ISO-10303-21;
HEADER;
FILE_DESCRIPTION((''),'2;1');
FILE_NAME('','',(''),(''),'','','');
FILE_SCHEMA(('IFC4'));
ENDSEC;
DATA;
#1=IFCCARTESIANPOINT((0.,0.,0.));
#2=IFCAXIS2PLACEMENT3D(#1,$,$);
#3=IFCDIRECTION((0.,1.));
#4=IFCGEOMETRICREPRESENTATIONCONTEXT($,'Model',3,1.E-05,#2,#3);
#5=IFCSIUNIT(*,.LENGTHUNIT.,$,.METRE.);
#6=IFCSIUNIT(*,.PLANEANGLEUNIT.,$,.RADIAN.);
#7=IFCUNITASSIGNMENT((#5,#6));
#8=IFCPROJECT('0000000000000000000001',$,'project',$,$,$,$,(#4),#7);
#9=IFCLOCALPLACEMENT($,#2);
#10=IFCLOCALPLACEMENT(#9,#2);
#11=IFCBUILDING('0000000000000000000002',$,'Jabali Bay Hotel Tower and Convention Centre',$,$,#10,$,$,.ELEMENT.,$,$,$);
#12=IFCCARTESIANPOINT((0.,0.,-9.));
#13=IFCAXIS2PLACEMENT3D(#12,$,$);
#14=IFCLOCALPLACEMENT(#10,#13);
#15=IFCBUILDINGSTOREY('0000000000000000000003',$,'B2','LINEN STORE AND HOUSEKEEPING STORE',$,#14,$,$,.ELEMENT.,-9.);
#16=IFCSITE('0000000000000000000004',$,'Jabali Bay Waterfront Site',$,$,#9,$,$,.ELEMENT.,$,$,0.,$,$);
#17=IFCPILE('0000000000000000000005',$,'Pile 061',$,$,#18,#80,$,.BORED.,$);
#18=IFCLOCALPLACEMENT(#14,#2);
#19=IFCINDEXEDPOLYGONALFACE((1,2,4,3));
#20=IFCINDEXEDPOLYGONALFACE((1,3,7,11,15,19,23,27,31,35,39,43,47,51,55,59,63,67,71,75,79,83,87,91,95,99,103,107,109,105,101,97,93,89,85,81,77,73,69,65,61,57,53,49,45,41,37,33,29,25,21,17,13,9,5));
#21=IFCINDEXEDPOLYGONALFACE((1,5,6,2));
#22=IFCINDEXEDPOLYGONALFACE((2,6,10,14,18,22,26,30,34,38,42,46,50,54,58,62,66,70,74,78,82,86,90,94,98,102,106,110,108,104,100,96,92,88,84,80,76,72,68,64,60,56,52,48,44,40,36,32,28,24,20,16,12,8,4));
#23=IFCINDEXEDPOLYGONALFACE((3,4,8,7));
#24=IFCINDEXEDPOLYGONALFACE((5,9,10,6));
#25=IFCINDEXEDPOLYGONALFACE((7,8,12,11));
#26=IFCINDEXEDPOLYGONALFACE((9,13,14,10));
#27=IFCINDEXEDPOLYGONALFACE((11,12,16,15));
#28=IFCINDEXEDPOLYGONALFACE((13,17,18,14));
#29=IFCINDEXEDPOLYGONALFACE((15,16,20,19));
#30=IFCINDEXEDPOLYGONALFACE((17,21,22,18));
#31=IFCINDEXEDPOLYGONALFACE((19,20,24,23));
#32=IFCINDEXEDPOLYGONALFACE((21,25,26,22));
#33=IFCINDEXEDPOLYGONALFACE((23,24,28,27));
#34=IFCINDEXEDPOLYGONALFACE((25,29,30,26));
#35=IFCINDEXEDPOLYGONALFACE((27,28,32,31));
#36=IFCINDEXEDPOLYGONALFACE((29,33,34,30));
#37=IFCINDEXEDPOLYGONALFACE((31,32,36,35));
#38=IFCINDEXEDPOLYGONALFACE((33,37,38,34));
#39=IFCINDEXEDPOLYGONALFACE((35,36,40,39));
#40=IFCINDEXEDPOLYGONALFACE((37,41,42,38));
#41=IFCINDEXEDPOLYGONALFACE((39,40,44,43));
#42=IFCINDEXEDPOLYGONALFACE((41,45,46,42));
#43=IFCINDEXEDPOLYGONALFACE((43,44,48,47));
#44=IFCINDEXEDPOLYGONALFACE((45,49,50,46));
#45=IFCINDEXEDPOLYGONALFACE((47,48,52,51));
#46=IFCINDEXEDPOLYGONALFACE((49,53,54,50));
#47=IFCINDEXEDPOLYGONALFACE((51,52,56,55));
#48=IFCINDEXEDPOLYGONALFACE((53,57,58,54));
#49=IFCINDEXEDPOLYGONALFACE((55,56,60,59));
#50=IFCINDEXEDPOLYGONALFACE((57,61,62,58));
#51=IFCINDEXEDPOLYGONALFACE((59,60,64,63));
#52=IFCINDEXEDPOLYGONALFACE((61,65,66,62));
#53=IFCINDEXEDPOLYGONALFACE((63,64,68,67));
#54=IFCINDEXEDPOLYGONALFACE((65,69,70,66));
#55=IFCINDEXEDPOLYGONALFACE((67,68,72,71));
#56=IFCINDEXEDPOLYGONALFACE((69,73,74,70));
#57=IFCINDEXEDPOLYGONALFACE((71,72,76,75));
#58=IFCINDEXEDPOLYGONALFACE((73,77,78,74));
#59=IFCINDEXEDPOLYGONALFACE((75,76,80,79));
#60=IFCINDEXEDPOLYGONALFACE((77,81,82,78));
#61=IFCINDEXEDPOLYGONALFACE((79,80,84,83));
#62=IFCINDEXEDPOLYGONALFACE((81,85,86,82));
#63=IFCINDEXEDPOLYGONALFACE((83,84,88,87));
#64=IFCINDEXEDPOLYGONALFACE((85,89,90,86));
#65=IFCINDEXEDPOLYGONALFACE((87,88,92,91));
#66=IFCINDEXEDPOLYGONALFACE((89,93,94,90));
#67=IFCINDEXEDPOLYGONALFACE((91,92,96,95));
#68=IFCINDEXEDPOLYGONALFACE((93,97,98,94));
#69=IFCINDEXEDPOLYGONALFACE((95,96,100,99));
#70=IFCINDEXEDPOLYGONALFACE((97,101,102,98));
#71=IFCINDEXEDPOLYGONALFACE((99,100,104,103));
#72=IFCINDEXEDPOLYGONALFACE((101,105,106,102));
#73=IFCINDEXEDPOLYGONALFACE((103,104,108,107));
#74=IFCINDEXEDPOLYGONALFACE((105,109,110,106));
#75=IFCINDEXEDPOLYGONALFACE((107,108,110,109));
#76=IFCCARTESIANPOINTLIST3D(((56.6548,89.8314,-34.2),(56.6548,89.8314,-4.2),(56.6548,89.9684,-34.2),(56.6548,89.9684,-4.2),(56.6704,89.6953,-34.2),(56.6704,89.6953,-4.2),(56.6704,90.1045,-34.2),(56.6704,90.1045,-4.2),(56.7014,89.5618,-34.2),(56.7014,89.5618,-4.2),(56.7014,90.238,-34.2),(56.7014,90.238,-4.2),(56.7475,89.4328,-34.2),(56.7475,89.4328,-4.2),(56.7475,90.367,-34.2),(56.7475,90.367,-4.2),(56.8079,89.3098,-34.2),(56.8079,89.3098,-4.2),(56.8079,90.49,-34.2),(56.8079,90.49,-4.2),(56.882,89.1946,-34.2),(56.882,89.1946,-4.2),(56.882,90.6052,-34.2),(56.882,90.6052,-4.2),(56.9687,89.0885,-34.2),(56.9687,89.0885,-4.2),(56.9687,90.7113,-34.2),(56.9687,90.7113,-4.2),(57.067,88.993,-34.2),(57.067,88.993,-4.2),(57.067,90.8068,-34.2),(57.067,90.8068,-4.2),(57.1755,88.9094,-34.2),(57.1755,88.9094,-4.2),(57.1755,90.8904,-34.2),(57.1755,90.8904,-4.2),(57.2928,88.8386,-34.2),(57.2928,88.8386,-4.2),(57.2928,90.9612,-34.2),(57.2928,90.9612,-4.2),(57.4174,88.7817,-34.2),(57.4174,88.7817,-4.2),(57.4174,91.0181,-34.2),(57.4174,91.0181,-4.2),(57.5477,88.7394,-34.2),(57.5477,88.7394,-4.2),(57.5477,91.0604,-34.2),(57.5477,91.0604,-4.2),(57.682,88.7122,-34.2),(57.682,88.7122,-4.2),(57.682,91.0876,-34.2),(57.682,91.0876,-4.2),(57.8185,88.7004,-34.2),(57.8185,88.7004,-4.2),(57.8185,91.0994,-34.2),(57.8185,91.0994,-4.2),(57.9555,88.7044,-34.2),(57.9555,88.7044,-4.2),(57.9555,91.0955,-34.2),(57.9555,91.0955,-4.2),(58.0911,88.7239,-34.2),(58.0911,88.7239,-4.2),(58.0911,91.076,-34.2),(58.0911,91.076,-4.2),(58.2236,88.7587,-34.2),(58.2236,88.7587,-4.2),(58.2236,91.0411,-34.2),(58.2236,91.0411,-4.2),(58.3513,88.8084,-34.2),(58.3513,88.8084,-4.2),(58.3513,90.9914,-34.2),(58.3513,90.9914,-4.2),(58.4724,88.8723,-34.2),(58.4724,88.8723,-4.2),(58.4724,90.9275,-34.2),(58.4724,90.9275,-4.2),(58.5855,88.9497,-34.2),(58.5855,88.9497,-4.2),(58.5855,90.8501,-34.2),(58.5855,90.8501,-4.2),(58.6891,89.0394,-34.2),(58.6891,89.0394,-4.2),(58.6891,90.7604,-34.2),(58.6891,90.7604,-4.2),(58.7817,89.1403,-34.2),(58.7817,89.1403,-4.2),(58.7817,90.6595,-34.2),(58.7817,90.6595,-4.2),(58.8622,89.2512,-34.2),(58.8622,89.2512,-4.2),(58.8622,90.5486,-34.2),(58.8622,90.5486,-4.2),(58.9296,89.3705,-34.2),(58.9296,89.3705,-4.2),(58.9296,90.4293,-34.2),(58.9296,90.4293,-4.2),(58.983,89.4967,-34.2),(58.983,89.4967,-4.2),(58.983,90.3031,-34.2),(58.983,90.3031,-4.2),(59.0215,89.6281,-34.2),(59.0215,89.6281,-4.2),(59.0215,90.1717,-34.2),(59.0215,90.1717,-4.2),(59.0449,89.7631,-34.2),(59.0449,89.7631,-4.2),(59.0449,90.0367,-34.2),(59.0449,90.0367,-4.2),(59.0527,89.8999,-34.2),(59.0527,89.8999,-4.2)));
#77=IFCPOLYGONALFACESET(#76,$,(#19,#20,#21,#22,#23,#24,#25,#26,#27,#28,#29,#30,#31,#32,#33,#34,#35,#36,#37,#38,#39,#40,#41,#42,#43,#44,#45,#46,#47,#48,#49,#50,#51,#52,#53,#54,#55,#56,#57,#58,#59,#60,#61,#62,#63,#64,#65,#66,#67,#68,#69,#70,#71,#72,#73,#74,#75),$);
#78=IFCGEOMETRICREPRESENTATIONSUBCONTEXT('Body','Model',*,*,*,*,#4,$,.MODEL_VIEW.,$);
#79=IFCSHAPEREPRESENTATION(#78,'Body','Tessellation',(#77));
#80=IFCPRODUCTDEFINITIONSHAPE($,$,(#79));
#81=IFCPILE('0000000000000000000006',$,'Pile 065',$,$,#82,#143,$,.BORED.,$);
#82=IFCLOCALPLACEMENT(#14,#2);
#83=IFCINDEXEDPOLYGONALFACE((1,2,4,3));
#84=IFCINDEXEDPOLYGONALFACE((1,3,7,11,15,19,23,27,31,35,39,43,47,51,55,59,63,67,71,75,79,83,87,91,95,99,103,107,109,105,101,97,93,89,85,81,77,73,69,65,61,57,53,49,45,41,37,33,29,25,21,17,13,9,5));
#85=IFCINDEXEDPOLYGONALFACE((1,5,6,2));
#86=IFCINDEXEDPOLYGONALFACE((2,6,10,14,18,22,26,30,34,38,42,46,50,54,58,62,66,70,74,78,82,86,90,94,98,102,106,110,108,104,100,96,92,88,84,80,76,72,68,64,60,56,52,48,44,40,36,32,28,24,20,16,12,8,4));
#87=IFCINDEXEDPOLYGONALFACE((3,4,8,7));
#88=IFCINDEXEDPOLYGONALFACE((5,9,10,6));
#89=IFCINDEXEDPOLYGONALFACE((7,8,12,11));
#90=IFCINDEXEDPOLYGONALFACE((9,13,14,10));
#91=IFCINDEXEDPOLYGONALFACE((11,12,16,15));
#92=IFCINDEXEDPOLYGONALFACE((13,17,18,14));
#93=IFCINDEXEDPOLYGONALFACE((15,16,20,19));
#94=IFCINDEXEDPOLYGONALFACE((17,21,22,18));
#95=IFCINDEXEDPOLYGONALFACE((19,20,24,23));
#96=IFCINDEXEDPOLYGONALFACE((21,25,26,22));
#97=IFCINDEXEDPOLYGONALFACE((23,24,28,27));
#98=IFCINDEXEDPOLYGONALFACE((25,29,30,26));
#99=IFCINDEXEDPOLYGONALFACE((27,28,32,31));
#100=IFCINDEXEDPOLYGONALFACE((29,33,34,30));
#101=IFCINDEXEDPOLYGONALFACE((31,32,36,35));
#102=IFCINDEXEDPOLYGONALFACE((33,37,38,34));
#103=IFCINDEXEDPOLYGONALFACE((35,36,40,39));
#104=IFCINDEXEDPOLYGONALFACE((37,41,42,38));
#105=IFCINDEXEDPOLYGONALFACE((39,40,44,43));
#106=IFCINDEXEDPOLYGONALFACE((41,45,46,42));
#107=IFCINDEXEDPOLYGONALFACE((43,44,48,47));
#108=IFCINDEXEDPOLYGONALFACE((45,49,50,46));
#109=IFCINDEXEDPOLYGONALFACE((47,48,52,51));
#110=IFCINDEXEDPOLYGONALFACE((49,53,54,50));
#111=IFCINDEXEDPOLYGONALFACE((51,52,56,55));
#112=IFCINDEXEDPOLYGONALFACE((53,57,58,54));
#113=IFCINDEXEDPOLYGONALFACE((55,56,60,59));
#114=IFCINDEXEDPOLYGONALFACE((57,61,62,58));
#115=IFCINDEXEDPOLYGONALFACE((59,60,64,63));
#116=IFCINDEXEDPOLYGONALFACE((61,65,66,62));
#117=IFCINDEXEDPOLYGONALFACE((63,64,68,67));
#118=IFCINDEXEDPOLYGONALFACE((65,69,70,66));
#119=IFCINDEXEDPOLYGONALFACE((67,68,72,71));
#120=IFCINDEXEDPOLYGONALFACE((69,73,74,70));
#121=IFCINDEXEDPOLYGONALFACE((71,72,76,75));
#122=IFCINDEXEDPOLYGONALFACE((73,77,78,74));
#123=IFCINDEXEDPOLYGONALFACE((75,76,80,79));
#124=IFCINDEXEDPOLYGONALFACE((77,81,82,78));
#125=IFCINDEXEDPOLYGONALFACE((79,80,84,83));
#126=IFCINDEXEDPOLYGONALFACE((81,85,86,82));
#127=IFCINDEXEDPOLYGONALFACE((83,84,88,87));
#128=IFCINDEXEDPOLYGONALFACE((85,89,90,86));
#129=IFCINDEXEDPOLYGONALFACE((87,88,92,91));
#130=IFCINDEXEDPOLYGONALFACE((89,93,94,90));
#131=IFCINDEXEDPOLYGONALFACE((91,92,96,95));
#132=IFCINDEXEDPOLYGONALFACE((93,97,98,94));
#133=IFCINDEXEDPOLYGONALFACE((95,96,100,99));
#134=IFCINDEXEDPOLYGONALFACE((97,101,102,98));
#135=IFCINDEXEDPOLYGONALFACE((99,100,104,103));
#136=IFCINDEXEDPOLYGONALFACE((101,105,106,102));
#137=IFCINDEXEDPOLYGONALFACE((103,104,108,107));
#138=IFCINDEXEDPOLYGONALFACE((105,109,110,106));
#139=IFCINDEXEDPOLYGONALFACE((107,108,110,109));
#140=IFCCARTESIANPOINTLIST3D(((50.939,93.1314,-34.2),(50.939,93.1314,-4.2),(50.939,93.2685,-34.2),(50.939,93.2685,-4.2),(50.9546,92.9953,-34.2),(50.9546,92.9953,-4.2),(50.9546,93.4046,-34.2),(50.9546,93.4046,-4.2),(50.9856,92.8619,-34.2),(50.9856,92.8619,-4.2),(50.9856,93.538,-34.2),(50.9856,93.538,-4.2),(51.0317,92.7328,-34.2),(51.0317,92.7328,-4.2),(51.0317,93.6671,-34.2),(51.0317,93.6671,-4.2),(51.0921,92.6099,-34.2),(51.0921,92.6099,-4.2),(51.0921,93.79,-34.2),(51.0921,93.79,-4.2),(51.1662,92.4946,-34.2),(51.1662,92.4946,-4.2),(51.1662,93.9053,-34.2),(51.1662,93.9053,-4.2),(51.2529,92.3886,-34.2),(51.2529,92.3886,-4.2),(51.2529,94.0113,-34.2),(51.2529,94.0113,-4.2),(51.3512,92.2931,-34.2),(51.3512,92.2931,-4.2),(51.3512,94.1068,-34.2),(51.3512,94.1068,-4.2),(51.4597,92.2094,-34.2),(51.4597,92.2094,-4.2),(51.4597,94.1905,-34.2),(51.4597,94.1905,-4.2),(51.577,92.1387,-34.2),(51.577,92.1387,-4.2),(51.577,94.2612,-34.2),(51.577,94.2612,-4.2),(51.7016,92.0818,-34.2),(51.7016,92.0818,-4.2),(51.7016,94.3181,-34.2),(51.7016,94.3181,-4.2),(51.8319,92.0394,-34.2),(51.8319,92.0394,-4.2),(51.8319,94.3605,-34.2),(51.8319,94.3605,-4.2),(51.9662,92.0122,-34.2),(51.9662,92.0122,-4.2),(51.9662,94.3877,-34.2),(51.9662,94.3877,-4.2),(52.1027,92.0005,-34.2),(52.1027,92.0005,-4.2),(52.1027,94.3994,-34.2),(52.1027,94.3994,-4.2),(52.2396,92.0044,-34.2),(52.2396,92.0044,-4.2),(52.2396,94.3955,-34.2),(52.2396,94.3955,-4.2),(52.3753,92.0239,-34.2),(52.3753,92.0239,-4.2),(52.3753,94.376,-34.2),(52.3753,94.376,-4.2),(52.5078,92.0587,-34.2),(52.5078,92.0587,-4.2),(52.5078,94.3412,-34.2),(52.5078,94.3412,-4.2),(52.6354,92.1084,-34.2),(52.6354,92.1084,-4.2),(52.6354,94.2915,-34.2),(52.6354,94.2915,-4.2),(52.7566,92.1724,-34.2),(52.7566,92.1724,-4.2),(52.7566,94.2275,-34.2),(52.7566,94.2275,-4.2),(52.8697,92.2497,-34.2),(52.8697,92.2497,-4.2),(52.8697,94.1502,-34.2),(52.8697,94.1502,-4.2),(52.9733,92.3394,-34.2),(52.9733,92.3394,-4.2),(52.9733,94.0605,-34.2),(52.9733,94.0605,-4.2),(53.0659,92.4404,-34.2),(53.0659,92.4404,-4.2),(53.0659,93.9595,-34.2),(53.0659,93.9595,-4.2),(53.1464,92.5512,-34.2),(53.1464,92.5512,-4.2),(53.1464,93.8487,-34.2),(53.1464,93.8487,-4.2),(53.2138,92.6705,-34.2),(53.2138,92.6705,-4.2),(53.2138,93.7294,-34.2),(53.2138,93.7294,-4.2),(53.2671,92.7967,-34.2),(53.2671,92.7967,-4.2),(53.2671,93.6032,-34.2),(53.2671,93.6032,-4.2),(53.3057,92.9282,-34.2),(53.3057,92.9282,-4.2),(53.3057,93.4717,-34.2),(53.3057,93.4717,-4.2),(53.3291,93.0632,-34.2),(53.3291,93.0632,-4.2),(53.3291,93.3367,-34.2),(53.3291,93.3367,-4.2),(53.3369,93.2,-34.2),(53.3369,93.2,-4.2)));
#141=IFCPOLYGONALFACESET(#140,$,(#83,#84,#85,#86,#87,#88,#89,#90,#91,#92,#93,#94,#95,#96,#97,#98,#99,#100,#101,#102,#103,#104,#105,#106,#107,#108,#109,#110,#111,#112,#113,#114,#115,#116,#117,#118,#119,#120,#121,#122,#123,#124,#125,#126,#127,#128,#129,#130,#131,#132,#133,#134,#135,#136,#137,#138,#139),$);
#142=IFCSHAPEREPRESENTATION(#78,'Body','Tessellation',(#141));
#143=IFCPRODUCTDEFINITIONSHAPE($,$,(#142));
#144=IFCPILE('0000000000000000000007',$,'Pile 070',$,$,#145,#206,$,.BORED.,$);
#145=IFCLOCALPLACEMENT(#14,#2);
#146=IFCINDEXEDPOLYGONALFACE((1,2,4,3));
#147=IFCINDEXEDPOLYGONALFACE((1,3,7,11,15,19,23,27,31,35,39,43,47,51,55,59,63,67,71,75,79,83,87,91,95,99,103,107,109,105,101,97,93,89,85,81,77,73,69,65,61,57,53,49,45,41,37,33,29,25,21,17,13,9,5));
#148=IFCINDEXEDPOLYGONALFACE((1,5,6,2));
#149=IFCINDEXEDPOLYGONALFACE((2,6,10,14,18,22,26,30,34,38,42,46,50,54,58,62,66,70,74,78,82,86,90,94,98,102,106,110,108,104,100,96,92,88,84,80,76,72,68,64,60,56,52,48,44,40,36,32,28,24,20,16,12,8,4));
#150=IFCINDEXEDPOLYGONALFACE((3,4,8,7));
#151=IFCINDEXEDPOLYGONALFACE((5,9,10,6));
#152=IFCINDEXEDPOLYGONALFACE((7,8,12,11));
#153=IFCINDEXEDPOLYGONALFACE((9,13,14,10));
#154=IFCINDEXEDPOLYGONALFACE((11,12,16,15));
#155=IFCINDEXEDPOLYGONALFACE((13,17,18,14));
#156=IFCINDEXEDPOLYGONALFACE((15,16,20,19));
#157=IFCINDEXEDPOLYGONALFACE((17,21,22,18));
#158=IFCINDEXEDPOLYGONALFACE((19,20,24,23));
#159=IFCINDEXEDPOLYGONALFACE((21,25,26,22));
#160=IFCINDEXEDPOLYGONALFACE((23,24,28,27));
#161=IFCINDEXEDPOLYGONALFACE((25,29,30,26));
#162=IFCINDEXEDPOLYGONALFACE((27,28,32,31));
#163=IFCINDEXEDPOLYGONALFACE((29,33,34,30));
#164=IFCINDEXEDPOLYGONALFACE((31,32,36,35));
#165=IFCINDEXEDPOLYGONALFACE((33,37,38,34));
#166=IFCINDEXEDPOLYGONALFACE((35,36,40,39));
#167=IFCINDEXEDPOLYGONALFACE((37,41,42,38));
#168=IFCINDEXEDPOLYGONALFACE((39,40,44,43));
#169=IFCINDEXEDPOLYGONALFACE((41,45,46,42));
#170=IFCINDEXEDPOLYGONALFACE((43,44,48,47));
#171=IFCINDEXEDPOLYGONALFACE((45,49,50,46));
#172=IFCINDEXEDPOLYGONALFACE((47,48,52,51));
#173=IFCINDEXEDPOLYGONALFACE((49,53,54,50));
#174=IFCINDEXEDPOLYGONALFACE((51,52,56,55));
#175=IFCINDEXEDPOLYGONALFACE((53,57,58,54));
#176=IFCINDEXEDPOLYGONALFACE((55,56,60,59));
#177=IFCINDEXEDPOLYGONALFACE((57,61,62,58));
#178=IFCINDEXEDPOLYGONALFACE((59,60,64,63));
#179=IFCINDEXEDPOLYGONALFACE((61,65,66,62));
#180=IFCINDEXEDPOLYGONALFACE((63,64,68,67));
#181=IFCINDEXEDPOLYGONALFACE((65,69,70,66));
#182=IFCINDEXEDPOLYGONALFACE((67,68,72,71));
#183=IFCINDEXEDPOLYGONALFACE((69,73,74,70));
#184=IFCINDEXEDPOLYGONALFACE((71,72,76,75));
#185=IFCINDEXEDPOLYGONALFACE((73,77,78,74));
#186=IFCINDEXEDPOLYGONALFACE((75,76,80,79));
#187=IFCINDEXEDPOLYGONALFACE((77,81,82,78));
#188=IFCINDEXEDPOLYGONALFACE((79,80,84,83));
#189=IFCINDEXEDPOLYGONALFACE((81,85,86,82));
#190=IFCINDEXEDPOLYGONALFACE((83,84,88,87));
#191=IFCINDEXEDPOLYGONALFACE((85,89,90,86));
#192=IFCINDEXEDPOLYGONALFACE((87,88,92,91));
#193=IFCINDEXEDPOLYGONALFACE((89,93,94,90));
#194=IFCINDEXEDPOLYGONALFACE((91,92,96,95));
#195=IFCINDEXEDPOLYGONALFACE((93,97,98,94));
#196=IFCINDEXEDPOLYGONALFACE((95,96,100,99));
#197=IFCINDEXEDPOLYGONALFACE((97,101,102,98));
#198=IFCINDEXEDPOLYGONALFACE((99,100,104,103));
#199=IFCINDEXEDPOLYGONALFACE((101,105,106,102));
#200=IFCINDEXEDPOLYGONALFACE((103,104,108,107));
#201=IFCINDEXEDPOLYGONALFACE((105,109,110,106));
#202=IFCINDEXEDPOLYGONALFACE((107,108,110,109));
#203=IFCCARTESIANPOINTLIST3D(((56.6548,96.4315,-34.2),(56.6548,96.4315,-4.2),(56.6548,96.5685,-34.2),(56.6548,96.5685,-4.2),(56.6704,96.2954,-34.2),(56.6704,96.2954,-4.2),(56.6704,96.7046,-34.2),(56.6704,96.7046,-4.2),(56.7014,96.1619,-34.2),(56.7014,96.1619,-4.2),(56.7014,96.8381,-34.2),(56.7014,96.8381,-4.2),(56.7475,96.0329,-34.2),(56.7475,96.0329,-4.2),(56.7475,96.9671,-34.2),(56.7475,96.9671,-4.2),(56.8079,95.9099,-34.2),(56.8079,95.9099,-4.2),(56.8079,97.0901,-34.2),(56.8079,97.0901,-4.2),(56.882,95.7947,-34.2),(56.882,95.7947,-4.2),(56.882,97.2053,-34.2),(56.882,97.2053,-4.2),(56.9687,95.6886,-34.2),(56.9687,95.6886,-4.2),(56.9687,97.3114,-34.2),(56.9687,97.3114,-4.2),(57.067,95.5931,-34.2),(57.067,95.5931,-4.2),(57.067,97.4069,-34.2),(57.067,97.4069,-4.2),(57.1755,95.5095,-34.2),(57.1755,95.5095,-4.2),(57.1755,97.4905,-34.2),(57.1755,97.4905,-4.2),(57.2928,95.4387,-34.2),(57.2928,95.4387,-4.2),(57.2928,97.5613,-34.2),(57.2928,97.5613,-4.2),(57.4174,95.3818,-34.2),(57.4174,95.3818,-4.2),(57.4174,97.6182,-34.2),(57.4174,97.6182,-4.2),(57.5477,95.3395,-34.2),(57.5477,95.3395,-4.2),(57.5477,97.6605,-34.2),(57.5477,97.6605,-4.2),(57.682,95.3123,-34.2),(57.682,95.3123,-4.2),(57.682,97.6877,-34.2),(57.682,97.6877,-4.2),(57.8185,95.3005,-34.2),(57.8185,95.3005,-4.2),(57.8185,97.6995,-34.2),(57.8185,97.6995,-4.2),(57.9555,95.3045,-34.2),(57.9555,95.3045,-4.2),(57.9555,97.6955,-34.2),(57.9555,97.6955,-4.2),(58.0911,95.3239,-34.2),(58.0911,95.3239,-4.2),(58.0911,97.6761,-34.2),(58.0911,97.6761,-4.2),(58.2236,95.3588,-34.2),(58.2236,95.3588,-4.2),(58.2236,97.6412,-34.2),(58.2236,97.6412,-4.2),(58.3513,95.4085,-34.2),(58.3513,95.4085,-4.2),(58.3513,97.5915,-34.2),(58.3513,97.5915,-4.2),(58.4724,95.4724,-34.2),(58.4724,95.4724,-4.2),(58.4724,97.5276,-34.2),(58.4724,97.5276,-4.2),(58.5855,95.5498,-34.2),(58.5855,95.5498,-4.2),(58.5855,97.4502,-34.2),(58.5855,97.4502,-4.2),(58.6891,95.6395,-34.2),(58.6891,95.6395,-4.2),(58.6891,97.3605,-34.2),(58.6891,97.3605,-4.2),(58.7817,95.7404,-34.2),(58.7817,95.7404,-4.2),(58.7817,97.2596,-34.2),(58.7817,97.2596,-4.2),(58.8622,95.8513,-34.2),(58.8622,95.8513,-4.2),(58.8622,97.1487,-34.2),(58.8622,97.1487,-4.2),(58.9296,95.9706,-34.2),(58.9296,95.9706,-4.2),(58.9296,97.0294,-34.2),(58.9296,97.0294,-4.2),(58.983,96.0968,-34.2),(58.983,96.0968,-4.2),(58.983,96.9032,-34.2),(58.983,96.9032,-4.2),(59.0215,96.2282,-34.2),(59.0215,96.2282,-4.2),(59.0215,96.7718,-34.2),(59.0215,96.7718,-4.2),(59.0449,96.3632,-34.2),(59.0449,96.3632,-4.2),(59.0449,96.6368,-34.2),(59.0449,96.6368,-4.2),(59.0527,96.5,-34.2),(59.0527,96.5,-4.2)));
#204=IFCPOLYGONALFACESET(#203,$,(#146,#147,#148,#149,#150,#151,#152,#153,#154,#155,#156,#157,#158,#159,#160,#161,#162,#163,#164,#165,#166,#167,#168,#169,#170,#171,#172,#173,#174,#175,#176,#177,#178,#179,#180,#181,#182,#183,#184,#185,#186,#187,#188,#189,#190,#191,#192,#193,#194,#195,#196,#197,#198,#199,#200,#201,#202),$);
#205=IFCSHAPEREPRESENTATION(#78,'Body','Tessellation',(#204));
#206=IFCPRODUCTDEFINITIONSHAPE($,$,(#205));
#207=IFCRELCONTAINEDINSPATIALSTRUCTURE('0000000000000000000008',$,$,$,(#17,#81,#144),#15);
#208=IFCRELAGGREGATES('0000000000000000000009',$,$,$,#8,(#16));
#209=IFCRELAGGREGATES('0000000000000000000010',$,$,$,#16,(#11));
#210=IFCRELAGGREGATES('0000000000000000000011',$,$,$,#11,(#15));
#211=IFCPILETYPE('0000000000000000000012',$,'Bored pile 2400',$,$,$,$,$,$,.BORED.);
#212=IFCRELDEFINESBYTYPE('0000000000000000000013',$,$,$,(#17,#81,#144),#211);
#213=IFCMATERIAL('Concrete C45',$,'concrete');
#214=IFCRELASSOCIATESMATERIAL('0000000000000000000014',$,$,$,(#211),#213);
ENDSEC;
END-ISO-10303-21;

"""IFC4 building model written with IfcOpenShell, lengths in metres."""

from ifc_helpers import new_model, si_unit, direction, frame, origin, origin_2d, place, context, subcontext, project, spatial, circle, extrude, material, material_profile, profile_set, type_object, element, save


model = new_model("IFC4")

# Units and contexts
model_context = context("Model", 3, precision=1e-05, world=origin(), true_north=direction((0.0, 1.0)))
body_context = subcontext(model_context, "Body", "Model", "MODEL_VIEW")
ifc_project = project(units=[si_unit("LENGTHUNIT", "METRE"), si_unit("PLANEANGLEUNIT", "RADIAN")], contexts=[model_context])

# Site, building, storey
site_placement = place(None, origin())
site = spatial("IfcSite", under=ifc_project, at=site_placement, Name="Jabali Bay Waterfront Site", CompositionType="ELEMENT", RefElevation=0.0)
building_placement = place(site_placement, origin())
building = spatial("IfcBuilding", under=site, at=building_placement, Name="Jabali Bay Hotel Tower and Convention Centre", CompositionType="ELEMENT")
storey_placement = place(building_placement, frame((0.0, 0.0, -9.0)))
storey = spatial("IfcBuildingStorey", under=building, at=storey_placement, Name="B2", Description="LINEN STORE AND HOUSEKEEPING STORE", CompositionType="ELEMENT", Elevation=-9.0)

# Piles
ifc_material_1 = material(Name="Concrete C45", Category="concrete")
ifc_material_profile_1 = material_profile(ifc_material_1, circle(Radius=1.2, at=origin_2d()), Name="Bored pile 2400")
ifc_profile_set_1 = profile_set([ifc_material_profile_1], Name="Concrete C45")
pile_type = type_object("IfcPileType", Name="Bored pile 2400", PredefinedType="BORED", material=ifc_profile_set_1)
for number, where, z_axis, x_axis, name in (
    (1, (57.8528, 89.8999, -4.2), (0.0, 0.0, -1.0), (1.0, 0.0, 0.0), "Pile 061"),
    (2, (52.137, 93.2, -4.2), (0.0, 0.0, -1.0), (1.0, 0.0, 0.0), "Pile 065"),
    (3, (57.8528, 96.5, -4.2), (0.0, 0.0, -1.0), (1.0, 0.0, 0.0), "Pile 070"),
):
    element("IfcPile", number, at=place(storey_placement, frame(where, z_axis=z_axis, x_axis=x_axis)), inside=storey, type_object=pile_type, Name=name, PredefinedType="BORED", context=body_context, shape_type="SweptSolid", body=[
        extrude(circle(Radius=1.2, at=origin_2d()), origin(), (0.0, 0.0, 1.0), 30.0),
    ])

save(model, "model.ifc")
